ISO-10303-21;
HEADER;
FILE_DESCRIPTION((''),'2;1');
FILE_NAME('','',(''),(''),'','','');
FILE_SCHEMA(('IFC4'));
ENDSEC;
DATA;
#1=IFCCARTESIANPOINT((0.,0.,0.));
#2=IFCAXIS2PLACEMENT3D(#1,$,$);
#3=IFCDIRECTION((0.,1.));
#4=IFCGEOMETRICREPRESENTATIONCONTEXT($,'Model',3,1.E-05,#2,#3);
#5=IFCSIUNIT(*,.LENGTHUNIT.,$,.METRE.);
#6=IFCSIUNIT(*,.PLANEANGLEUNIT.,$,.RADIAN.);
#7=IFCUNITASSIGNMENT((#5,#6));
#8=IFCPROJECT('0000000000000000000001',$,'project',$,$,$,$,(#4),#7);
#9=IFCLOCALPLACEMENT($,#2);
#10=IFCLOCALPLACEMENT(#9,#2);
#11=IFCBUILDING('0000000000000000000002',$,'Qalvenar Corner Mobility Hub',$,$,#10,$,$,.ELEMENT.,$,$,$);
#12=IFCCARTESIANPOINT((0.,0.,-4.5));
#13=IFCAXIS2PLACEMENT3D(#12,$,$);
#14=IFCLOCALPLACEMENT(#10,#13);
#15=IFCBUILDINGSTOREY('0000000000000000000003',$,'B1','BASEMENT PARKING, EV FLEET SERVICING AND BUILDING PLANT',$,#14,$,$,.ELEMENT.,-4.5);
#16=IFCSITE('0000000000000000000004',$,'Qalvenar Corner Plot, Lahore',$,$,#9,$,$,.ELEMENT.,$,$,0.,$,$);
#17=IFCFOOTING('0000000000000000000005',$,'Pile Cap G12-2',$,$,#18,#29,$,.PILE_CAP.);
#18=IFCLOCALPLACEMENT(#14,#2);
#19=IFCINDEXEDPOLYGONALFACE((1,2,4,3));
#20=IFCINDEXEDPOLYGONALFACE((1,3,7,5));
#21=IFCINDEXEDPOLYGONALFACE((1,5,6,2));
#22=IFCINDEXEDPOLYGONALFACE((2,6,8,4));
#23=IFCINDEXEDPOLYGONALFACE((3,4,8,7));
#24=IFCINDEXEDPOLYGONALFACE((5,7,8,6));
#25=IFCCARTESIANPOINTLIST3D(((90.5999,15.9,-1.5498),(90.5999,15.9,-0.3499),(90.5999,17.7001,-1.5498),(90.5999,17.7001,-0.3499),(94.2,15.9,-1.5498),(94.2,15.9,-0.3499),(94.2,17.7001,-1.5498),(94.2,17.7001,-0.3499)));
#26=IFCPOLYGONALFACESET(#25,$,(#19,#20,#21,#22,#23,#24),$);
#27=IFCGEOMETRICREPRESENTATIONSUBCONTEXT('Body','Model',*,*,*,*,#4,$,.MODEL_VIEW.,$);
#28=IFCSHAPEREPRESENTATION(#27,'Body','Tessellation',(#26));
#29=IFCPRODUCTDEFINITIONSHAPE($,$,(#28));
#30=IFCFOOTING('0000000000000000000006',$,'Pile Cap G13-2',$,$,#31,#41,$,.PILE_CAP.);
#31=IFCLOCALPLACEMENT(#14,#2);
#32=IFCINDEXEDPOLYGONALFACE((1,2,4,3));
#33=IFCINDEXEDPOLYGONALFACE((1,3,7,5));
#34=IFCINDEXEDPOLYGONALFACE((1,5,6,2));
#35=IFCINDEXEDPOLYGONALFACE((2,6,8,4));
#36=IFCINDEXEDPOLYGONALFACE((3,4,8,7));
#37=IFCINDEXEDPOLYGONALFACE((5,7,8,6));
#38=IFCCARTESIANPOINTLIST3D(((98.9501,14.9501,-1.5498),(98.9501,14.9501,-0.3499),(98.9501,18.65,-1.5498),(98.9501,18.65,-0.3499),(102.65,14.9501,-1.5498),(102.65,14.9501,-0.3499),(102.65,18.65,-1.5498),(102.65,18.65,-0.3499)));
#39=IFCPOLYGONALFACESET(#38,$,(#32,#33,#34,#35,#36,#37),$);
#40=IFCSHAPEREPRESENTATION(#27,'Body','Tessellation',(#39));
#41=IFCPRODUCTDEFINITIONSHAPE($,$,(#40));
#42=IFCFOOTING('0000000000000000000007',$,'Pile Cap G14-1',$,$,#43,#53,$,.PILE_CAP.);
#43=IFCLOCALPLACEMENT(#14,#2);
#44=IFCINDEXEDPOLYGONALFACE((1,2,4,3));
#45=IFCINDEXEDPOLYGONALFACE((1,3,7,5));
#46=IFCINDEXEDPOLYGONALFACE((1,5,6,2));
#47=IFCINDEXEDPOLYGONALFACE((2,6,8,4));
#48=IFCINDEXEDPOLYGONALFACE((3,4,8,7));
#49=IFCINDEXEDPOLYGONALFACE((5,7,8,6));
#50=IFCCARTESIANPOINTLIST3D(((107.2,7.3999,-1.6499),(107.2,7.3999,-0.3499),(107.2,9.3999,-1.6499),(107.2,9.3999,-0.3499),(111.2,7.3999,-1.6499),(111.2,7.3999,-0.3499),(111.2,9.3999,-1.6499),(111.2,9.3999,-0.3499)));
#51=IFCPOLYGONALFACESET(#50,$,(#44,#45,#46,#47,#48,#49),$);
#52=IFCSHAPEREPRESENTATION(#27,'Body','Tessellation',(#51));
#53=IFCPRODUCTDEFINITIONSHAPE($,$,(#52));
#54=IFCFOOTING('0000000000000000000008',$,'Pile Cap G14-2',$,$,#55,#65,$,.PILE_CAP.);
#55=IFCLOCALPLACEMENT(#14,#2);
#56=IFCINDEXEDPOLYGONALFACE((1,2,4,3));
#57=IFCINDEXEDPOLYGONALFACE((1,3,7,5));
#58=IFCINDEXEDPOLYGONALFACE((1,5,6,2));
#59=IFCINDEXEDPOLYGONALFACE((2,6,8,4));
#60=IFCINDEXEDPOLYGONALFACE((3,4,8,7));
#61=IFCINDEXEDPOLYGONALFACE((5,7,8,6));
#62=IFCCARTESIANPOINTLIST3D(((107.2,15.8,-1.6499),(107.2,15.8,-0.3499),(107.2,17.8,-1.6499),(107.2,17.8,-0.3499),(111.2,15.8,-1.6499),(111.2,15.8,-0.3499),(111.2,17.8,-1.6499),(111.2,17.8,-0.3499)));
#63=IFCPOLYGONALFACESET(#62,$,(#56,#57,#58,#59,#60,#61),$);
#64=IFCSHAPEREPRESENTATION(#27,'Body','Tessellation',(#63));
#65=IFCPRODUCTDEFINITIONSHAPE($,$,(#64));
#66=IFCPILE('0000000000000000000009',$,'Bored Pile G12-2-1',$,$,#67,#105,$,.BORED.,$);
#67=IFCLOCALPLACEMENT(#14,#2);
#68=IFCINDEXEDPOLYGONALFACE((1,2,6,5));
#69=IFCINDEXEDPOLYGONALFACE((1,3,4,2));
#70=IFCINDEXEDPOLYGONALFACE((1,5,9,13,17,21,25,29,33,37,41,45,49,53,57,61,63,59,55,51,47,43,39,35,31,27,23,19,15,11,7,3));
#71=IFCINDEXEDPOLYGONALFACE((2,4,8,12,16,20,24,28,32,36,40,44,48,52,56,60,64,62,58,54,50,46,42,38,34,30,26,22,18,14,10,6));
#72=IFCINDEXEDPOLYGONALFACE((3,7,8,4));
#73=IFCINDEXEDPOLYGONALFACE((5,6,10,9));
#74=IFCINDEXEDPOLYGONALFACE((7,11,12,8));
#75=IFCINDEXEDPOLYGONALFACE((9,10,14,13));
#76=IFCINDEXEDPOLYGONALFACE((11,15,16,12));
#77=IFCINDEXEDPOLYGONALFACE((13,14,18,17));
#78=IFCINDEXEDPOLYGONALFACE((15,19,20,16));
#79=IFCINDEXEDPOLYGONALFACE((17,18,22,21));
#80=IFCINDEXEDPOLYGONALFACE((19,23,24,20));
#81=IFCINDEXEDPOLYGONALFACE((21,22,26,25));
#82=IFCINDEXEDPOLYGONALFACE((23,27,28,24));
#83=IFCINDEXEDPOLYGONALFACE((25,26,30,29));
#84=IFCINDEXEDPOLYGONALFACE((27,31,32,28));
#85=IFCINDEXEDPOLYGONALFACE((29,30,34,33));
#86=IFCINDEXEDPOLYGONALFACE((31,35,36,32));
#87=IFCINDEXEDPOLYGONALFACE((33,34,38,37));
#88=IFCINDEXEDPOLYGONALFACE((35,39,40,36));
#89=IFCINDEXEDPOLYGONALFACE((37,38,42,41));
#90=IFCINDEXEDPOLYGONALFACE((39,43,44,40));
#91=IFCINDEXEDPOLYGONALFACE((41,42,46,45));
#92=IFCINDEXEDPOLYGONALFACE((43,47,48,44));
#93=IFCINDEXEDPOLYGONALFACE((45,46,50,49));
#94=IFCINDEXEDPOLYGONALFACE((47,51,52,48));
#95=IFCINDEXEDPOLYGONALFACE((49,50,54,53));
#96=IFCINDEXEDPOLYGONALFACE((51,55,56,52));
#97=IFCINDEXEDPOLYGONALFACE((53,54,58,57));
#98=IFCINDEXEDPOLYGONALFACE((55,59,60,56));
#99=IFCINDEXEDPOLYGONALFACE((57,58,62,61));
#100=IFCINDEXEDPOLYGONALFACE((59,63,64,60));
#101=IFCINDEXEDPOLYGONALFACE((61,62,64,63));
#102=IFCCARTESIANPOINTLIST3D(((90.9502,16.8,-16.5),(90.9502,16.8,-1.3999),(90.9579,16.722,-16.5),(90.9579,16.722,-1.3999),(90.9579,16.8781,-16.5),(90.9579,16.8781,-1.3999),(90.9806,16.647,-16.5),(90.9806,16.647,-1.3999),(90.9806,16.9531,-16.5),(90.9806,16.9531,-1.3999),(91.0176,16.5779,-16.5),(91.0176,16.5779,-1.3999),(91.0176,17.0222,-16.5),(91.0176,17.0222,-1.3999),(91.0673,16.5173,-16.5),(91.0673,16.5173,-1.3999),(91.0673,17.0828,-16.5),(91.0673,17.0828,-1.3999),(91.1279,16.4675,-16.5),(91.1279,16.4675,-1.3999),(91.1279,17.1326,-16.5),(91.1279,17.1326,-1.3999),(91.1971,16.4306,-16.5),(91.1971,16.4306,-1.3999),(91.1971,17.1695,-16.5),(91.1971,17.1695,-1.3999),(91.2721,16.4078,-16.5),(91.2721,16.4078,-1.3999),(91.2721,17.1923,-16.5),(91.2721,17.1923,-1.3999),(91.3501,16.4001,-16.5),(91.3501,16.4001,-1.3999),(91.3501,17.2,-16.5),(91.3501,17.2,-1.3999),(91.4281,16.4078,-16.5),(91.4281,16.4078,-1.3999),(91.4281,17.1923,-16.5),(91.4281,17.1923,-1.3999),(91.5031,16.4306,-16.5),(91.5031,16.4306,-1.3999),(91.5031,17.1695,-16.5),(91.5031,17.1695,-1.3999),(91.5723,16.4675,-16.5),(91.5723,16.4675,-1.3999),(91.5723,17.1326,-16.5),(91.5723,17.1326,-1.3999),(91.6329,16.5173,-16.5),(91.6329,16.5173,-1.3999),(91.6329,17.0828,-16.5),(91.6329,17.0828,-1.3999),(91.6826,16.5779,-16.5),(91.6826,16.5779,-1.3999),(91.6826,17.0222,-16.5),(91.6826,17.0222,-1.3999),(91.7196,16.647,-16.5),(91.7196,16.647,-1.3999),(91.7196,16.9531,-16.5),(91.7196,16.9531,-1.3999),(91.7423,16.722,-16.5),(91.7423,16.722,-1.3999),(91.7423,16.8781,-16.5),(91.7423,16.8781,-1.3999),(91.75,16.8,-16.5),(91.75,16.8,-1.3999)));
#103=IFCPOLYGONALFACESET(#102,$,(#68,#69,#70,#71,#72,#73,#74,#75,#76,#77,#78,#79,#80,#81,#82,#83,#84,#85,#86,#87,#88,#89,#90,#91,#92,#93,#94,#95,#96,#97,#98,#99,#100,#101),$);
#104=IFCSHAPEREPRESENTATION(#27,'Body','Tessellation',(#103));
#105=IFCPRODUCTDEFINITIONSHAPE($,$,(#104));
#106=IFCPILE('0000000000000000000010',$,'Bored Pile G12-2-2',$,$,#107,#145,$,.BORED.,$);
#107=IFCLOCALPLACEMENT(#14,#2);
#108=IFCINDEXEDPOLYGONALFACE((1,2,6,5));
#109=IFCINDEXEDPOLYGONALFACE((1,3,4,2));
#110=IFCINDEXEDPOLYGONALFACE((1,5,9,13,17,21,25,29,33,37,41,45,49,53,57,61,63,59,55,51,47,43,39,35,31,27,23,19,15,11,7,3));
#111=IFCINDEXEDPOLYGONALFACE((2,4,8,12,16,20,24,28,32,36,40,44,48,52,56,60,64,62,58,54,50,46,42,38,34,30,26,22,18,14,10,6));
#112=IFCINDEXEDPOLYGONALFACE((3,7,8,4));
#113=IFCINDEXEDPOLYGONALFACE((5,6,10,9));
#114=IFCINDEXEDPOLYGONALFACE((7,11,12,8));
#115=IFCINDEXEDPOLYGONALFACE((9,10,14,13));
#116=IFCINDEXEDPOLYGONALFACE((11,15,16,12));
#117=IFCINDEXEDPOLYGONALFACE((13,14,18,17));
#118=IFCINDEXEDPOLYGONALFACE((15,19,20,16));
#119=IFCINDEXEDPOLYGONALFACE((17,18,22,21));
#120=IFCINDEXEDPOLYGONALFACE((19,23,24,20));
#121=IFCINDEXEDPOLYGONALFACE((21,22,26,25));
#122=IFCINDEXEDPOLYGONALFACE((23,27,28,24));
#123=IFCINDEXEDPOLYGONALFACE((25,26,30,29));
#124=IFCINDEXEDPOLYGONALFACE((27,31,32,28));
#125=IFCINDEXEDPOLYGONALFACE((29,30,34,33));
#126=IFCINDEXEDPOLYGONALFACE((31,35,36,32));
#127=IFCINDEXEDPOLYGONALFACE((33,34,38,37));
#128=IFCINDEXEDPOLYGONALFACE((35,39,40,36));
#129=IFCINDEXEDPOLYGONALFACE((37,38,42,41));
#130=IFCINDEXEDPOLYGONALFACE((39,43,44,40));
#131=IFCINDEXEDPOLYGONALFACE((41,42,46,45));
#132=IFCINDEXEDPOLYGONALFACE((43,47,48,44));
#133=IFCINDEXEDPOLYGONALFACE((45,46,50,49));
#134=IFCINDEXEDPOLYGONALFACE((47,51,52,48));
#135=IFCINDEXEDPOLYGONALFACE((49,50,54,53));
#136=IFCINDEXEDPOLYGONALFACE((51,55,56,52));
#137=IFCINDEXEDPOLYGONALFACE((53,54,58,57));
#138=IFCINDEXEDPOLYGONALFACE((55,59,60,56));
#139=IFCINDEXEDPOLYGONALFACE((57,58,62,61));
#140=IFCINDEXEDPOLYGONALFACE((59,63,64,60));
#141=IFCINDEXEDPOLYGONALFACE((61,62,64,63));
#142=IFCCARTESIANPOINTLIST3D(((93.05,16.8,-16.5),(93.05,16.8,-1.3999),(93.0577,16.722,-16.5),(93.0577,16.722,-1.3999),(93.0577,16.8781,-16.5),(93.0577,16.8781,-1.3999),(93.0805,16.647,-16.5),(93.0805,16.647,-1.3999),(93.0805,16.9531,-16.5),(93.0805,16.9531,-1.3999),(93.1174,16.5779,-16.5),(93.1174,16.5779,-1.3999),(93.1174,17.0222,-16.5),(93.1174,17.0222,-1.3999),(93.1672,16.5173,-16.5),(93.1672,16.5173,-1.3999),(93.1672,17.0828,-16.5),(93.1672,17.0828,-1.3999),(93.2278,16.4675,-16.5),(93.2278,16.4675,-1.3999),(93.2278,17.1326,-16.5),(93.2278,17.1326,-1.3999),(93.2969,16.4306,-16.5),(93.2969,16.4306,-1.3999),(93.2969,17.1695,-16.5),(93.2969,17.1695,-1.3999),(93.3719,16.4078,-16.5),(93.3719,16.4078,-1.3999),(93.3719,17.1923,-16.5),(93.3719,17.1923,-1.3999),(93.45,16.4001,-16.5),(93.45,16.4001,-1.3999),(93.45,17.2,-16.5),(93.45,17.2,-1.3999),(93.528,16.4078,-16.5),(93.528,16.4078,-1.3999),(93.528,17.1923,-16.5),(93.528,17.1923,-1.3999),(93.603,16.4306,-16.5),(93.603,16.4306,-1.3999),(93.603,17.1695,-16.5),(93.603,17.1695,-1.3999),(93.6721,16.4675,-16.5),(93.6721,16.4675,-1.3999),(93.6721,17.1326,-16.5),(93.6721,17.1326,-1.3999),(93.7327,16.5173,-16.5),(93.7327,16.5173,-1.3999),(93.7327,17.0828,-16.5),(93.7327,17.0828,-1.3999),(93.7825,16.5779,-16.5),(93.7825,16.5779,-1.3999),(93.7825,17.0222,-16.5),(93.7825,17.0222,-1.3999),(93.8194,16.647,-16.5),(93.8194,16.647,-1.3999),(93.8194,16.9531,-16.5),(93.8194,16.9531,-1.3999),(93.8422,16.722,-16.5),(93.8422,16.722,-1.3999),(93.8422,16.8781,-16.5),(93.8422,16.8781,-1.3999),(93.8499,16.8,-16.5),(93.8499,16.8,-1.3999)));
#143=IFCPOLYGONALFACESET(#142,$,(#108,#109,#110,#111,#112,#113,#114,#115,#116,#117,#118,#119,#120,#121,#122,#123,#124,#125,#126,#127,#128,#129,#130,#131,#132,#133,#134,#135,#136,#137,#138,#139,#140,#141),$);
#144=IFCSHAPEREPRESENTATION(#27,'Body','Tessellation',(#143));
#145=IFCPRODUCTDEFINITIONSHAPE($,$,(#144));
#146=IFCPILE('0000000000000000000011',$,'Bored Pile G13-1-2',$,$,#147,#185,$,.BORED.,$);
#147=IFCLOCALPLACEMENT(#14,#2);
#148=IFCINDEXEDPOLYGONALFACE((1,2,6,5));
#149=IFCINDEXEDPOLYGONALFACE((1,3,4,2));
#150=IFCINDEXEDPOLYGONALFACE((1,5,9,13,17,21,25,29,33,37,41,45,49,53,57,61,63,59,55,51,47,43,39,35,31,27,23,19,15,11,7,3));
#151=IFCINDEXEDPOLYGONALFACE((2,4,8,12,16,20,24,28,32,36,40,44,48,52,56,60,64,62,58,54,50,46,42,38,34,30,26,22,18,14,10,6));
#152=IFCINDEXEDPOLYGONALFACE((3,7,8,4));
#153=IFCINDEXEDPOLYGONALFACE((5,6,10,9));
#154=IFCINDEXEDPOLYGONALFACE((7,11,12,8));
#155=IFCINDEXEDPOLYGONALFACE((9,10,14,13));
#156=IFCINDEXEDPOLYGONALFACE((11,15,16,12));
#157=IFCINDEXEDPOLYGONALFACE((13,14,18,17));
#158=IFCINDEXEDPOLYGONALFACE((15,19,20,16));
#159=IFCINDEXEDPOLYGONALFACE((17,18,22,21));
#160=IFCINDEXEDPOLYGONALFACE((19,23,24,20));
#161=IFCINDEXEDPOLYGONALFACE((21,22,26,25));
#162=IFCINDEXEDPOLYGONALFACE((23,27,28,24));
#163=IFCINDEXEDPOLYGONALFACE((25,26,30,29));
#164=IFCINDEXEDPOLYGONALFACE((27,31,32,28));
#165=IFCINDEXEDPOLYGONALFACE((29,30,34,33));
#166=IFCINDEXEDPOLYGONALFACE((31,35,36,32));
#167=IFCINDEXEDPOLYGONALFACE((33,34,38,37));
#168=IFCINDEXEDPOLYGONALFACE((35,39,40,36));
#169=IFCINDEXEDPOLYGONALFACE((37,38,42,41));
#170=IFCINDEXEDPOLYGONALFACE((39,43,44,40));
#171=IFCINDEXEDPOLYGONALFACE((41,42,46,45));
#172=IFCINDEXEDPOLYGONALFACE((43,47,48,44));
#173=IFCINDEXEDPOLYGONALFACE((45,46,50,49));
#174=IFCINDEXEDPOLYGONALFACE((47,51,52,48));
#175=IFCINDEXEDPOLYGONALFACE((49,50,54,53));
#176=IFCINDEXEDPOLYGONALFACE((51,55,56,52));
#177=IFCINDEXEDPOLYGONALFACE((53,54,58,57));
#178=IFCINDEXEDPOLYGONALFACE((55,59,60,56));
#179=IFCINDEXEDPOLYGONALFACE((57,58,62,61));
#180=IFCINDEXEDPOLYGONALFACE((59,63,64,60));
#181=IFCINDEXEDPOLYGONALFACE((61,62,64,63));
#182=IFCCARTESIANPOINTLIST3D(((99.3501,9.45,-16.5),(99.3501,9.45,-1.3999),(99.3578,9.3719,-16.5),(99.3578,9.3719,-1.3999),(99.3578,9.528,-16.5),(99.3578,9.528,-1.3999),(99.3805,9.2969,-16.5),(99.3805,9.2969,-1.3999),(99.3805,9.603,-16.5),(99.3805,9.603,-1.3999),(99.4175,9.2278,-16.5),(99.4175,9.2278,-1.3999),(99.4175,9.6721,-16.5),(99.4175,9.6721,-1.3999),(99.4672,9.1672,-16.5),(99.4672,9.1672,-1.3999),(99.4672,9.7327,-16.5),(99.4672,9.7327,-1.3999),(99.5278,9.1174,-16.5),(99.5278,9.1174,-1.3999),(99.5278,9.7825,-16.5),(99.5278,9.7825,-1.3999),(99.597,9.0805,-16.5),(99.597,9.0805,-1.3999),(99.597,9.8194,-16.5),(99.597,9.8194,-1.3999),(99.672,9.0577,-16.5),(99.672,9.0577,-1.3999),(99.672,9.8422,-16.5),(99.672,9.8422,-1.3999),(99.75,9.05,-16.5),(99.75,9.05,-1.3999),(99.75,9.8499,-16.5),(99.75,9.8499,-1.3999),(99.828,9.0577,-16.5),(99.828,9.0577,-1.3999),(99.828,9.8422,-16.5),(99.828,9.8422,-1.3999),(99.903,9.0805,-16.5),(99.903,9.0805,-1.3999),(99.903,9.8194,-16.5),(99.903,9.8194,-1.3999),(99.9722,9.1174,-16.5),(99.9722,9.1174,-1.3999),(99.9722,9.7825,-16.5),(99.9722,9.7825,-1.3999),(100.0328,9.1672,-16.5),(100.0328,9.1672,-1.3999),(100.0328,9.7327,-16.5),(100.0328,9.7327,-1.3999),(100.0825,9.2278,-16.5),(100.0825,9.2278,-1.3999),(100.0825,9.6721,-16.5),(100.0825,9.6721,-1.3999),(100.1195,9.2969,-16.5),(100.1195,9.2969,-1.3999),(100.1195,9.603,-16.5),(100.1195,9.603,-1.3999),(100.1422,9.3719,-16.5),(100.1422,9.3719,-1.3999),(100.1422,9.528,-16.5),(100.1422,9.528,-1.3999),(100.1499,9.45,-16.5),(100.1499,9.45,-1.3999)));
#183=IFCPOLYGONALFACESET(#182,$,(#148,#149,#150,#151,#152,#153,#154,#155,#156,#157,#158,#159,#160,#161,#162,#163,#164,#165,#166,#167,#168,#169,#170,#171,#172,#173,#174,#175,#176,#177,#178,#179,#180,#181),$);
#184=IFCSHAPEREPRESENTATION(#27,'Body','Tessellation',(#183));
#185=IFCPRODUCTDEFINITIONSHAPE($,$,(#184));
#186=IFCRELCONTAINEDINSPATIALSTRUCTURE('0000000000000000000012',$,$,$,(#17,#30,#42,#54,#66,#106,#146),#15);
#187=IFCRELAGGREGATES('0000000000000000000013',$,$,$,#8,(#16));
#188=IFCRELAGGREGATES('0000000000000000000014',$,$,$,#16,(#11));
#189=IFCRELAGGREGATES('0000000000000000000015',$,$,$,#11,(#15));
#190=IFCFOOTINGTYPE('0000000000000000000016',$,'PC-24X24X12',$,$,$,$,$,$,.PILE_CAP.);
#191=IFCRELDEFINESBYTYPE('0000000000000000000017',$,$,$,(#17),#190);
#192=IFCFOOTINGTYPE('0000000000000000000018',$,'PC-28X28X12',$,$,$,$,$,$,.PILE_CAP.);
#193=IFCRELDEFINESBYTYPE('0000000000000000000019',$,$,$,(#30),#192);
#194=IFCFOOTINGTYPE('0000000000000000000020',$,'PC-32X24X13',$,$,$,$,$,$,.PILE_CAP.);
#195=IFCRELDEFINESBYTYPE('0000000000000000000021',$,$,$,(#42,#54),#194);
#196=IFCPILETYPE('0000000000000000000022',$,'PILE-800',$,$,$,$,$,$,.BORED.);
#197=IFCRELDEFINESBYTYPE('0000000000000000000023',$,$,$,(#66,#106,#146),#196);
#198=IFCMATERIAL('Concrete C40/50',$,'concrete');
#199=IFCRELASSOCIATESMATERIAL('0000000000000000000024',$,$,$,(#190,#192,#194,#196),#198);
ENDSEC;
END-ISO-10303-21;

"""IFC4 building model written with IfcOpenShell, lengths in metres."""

from ifc_helpers import new_model, si_unit, direction, frame, origin, origin_2d, place, context, subcontext, project, spatial, rectangle, circle, extrude, material, material_profile, profile_set, type_object, element, save


model = new_model("IFC4")

# Units and contexts
model_context = context("Model", 3, precision=1e-05, world=origin(), true_north=direction((0.0, 1.0)))
body_context = subcontext(model_context, "Body", "Model", "MODEL_VIEW")
ifc_project = project(units=[si_unit("LENGTHUNIT", "METRE"), si_unit("PLANEANGLEUNIT", "RADIAN")], contexts=[model_context])

# Site, building, storey
site_placement = place(None, origin())
site = spatial("IfcSite", under=ifc_project, at=site_placement, Name="Qalvenar Corner Plot, Lahore", CompositionType="ELEMENT", RefElevation=0.0)
building_placement = place(site_placement, origin())
building = spatial("IfcBuilding", under=site, at=building_placement, Name="Qalvenar Corner Mobility Hub", CompositionType="ELEMENT")
storey_placement = place(building_placement, frame((0.0, 0.0, -4.5)))
storey = spatial("IfcBuildingStorey", under=building, at=storey_placement, Name="B1", Description="BASEMENT PARKING, EV FLEET SERVICING AND BUILDING PLANT", CompositionType="ELEMENT", Elevation=-4.5)

# Footings
ifc_material_1 = material(Name="Concrete C40/50", Category="concrete")
footing_type_1 = type_object("IfcFootingType", Name="PC-24X24X12", PredefinedType="PILE_CAP", material=ifc_material_1)
footing_1_placement = place(storey_placement, frame((92.3999, 16.8, -1.5498), z_axis=(0.0, 0.0, 1.0), x_axis=(1.0, 0.0, 0.0)))
element("IfcFooting", 1, at=footing_1_placement, inside=storey, type_object=footing_type_1, Name="Pile Cap G12-2", PredefinedType="PILE_CAP", context=body_context, shape_type="SweptSolid", body=[
    extrude(rectangle(XDim=3.6001, YDim=1.8, at=origin_2d()), origin(), (0.0, 0.0, 1.0), 1.2),
])
footing_type_2 = type_object("IfcFootingType", Name="PC-28X28X12", PredefinedType="PILE_CAP", material=ifc_material_1)
footing_2_placement = place(storey_placement, frame((100.8, 16.8, -1.5498), z_axis=(0.0, 0.0, 1.0), x_axis=(1.0, 0.0, 0.0)))
element("IfcFooting", 2, at=footing_2_placement, inside=storey, type_object=footing_type_2, Name="Pile Cap G13-2", PredefinedType="PILE_CAP", context=body_context, shape_type="SweptSolid", body=[
    extrude(rectangle(XDim=3.7, YDim=3.7, at=origin_2d()), origin(), (0.0, 0.0, 1.0), 1.2),
])
footing_type_3 = type_object("IfcFootingType", Name="PC-32X24X13", PredefinedType="PILE_CAP", material=ifc_material_1)
for number, where, z_axis, x_axis, name in (
    (3, (109.2, 8.3999, -1.6499), (0.0, 0.0, 1.0), (1.0, 0.0, 0.0), "Pile Cap G14-1"),
    (4, (109.2, 16.8, -1.6499), (0.0, 0.0, 1.0), (1.0, 0.0, 0.0), "Pile Cap G14-2"),
):
    element("IfcFooting", number, at=place(storey_placement, frame(where, z_axis=z_axis, x_axis=x_axis)), inside=storey, type_object=footing_type_3, Name=name, PredefinedType="PILE_CAP", context=body_context, shape_type="SweptSolid", body=[
        extrude(rectangle(XDim=4.0, YDim=2.0, at=origin_2d()), origin(), (0.0, 0.0, 1.0), 1.3),
    ])

# Piles
ifc_material_profile_1 = material_profile(ifc_material_1, circle(Radius=0.3999, at=origin_2d()), Name="DIA800")
ifc_profile_set_1 = profile_set([ifc_material_profile_1], Name="Concrete C40/50")
pile_type_1 = type_object("IfcPileType", Name="PILE-800", PredefinedType="BORED", material=ifc_profile_set_1)
for number, where, z_axis, x_axis, name in (
    (5, (91.3501, 16.8, -1.3999), (0.0, 0.0, -1.0), (1.0, 0.0, 0.0), "Bored Pile G12-2-1"),
    (6, (93.45, 16.8, -1.3999), (0.0, 0.0, -1.0), (1.0, 0.0, 0.0), "Bored Pile G12-2-2"),
    (7, (99.75, 9.45, -1.3999), (0.0, 0.0, -1.0), (1.0, 0.0, 0.0), "Bored Pile G13-1-2"),
):
    element("IfcPile", number, at=place(storey_placement, frame(where, z_axis=z_axis, x_axis=x_axis)), inside=storey, type_object=pile_type_1, Name=name, PredefinedType="BORED", context=body_context, shape_type="SweptSolid", body=[
        extrude(circle(Radius=0.3999, at=origin_2d()), origin(), (0.0, 0.0, 1.0), 15.1001),
    ])

save(model, "model.ifc")
